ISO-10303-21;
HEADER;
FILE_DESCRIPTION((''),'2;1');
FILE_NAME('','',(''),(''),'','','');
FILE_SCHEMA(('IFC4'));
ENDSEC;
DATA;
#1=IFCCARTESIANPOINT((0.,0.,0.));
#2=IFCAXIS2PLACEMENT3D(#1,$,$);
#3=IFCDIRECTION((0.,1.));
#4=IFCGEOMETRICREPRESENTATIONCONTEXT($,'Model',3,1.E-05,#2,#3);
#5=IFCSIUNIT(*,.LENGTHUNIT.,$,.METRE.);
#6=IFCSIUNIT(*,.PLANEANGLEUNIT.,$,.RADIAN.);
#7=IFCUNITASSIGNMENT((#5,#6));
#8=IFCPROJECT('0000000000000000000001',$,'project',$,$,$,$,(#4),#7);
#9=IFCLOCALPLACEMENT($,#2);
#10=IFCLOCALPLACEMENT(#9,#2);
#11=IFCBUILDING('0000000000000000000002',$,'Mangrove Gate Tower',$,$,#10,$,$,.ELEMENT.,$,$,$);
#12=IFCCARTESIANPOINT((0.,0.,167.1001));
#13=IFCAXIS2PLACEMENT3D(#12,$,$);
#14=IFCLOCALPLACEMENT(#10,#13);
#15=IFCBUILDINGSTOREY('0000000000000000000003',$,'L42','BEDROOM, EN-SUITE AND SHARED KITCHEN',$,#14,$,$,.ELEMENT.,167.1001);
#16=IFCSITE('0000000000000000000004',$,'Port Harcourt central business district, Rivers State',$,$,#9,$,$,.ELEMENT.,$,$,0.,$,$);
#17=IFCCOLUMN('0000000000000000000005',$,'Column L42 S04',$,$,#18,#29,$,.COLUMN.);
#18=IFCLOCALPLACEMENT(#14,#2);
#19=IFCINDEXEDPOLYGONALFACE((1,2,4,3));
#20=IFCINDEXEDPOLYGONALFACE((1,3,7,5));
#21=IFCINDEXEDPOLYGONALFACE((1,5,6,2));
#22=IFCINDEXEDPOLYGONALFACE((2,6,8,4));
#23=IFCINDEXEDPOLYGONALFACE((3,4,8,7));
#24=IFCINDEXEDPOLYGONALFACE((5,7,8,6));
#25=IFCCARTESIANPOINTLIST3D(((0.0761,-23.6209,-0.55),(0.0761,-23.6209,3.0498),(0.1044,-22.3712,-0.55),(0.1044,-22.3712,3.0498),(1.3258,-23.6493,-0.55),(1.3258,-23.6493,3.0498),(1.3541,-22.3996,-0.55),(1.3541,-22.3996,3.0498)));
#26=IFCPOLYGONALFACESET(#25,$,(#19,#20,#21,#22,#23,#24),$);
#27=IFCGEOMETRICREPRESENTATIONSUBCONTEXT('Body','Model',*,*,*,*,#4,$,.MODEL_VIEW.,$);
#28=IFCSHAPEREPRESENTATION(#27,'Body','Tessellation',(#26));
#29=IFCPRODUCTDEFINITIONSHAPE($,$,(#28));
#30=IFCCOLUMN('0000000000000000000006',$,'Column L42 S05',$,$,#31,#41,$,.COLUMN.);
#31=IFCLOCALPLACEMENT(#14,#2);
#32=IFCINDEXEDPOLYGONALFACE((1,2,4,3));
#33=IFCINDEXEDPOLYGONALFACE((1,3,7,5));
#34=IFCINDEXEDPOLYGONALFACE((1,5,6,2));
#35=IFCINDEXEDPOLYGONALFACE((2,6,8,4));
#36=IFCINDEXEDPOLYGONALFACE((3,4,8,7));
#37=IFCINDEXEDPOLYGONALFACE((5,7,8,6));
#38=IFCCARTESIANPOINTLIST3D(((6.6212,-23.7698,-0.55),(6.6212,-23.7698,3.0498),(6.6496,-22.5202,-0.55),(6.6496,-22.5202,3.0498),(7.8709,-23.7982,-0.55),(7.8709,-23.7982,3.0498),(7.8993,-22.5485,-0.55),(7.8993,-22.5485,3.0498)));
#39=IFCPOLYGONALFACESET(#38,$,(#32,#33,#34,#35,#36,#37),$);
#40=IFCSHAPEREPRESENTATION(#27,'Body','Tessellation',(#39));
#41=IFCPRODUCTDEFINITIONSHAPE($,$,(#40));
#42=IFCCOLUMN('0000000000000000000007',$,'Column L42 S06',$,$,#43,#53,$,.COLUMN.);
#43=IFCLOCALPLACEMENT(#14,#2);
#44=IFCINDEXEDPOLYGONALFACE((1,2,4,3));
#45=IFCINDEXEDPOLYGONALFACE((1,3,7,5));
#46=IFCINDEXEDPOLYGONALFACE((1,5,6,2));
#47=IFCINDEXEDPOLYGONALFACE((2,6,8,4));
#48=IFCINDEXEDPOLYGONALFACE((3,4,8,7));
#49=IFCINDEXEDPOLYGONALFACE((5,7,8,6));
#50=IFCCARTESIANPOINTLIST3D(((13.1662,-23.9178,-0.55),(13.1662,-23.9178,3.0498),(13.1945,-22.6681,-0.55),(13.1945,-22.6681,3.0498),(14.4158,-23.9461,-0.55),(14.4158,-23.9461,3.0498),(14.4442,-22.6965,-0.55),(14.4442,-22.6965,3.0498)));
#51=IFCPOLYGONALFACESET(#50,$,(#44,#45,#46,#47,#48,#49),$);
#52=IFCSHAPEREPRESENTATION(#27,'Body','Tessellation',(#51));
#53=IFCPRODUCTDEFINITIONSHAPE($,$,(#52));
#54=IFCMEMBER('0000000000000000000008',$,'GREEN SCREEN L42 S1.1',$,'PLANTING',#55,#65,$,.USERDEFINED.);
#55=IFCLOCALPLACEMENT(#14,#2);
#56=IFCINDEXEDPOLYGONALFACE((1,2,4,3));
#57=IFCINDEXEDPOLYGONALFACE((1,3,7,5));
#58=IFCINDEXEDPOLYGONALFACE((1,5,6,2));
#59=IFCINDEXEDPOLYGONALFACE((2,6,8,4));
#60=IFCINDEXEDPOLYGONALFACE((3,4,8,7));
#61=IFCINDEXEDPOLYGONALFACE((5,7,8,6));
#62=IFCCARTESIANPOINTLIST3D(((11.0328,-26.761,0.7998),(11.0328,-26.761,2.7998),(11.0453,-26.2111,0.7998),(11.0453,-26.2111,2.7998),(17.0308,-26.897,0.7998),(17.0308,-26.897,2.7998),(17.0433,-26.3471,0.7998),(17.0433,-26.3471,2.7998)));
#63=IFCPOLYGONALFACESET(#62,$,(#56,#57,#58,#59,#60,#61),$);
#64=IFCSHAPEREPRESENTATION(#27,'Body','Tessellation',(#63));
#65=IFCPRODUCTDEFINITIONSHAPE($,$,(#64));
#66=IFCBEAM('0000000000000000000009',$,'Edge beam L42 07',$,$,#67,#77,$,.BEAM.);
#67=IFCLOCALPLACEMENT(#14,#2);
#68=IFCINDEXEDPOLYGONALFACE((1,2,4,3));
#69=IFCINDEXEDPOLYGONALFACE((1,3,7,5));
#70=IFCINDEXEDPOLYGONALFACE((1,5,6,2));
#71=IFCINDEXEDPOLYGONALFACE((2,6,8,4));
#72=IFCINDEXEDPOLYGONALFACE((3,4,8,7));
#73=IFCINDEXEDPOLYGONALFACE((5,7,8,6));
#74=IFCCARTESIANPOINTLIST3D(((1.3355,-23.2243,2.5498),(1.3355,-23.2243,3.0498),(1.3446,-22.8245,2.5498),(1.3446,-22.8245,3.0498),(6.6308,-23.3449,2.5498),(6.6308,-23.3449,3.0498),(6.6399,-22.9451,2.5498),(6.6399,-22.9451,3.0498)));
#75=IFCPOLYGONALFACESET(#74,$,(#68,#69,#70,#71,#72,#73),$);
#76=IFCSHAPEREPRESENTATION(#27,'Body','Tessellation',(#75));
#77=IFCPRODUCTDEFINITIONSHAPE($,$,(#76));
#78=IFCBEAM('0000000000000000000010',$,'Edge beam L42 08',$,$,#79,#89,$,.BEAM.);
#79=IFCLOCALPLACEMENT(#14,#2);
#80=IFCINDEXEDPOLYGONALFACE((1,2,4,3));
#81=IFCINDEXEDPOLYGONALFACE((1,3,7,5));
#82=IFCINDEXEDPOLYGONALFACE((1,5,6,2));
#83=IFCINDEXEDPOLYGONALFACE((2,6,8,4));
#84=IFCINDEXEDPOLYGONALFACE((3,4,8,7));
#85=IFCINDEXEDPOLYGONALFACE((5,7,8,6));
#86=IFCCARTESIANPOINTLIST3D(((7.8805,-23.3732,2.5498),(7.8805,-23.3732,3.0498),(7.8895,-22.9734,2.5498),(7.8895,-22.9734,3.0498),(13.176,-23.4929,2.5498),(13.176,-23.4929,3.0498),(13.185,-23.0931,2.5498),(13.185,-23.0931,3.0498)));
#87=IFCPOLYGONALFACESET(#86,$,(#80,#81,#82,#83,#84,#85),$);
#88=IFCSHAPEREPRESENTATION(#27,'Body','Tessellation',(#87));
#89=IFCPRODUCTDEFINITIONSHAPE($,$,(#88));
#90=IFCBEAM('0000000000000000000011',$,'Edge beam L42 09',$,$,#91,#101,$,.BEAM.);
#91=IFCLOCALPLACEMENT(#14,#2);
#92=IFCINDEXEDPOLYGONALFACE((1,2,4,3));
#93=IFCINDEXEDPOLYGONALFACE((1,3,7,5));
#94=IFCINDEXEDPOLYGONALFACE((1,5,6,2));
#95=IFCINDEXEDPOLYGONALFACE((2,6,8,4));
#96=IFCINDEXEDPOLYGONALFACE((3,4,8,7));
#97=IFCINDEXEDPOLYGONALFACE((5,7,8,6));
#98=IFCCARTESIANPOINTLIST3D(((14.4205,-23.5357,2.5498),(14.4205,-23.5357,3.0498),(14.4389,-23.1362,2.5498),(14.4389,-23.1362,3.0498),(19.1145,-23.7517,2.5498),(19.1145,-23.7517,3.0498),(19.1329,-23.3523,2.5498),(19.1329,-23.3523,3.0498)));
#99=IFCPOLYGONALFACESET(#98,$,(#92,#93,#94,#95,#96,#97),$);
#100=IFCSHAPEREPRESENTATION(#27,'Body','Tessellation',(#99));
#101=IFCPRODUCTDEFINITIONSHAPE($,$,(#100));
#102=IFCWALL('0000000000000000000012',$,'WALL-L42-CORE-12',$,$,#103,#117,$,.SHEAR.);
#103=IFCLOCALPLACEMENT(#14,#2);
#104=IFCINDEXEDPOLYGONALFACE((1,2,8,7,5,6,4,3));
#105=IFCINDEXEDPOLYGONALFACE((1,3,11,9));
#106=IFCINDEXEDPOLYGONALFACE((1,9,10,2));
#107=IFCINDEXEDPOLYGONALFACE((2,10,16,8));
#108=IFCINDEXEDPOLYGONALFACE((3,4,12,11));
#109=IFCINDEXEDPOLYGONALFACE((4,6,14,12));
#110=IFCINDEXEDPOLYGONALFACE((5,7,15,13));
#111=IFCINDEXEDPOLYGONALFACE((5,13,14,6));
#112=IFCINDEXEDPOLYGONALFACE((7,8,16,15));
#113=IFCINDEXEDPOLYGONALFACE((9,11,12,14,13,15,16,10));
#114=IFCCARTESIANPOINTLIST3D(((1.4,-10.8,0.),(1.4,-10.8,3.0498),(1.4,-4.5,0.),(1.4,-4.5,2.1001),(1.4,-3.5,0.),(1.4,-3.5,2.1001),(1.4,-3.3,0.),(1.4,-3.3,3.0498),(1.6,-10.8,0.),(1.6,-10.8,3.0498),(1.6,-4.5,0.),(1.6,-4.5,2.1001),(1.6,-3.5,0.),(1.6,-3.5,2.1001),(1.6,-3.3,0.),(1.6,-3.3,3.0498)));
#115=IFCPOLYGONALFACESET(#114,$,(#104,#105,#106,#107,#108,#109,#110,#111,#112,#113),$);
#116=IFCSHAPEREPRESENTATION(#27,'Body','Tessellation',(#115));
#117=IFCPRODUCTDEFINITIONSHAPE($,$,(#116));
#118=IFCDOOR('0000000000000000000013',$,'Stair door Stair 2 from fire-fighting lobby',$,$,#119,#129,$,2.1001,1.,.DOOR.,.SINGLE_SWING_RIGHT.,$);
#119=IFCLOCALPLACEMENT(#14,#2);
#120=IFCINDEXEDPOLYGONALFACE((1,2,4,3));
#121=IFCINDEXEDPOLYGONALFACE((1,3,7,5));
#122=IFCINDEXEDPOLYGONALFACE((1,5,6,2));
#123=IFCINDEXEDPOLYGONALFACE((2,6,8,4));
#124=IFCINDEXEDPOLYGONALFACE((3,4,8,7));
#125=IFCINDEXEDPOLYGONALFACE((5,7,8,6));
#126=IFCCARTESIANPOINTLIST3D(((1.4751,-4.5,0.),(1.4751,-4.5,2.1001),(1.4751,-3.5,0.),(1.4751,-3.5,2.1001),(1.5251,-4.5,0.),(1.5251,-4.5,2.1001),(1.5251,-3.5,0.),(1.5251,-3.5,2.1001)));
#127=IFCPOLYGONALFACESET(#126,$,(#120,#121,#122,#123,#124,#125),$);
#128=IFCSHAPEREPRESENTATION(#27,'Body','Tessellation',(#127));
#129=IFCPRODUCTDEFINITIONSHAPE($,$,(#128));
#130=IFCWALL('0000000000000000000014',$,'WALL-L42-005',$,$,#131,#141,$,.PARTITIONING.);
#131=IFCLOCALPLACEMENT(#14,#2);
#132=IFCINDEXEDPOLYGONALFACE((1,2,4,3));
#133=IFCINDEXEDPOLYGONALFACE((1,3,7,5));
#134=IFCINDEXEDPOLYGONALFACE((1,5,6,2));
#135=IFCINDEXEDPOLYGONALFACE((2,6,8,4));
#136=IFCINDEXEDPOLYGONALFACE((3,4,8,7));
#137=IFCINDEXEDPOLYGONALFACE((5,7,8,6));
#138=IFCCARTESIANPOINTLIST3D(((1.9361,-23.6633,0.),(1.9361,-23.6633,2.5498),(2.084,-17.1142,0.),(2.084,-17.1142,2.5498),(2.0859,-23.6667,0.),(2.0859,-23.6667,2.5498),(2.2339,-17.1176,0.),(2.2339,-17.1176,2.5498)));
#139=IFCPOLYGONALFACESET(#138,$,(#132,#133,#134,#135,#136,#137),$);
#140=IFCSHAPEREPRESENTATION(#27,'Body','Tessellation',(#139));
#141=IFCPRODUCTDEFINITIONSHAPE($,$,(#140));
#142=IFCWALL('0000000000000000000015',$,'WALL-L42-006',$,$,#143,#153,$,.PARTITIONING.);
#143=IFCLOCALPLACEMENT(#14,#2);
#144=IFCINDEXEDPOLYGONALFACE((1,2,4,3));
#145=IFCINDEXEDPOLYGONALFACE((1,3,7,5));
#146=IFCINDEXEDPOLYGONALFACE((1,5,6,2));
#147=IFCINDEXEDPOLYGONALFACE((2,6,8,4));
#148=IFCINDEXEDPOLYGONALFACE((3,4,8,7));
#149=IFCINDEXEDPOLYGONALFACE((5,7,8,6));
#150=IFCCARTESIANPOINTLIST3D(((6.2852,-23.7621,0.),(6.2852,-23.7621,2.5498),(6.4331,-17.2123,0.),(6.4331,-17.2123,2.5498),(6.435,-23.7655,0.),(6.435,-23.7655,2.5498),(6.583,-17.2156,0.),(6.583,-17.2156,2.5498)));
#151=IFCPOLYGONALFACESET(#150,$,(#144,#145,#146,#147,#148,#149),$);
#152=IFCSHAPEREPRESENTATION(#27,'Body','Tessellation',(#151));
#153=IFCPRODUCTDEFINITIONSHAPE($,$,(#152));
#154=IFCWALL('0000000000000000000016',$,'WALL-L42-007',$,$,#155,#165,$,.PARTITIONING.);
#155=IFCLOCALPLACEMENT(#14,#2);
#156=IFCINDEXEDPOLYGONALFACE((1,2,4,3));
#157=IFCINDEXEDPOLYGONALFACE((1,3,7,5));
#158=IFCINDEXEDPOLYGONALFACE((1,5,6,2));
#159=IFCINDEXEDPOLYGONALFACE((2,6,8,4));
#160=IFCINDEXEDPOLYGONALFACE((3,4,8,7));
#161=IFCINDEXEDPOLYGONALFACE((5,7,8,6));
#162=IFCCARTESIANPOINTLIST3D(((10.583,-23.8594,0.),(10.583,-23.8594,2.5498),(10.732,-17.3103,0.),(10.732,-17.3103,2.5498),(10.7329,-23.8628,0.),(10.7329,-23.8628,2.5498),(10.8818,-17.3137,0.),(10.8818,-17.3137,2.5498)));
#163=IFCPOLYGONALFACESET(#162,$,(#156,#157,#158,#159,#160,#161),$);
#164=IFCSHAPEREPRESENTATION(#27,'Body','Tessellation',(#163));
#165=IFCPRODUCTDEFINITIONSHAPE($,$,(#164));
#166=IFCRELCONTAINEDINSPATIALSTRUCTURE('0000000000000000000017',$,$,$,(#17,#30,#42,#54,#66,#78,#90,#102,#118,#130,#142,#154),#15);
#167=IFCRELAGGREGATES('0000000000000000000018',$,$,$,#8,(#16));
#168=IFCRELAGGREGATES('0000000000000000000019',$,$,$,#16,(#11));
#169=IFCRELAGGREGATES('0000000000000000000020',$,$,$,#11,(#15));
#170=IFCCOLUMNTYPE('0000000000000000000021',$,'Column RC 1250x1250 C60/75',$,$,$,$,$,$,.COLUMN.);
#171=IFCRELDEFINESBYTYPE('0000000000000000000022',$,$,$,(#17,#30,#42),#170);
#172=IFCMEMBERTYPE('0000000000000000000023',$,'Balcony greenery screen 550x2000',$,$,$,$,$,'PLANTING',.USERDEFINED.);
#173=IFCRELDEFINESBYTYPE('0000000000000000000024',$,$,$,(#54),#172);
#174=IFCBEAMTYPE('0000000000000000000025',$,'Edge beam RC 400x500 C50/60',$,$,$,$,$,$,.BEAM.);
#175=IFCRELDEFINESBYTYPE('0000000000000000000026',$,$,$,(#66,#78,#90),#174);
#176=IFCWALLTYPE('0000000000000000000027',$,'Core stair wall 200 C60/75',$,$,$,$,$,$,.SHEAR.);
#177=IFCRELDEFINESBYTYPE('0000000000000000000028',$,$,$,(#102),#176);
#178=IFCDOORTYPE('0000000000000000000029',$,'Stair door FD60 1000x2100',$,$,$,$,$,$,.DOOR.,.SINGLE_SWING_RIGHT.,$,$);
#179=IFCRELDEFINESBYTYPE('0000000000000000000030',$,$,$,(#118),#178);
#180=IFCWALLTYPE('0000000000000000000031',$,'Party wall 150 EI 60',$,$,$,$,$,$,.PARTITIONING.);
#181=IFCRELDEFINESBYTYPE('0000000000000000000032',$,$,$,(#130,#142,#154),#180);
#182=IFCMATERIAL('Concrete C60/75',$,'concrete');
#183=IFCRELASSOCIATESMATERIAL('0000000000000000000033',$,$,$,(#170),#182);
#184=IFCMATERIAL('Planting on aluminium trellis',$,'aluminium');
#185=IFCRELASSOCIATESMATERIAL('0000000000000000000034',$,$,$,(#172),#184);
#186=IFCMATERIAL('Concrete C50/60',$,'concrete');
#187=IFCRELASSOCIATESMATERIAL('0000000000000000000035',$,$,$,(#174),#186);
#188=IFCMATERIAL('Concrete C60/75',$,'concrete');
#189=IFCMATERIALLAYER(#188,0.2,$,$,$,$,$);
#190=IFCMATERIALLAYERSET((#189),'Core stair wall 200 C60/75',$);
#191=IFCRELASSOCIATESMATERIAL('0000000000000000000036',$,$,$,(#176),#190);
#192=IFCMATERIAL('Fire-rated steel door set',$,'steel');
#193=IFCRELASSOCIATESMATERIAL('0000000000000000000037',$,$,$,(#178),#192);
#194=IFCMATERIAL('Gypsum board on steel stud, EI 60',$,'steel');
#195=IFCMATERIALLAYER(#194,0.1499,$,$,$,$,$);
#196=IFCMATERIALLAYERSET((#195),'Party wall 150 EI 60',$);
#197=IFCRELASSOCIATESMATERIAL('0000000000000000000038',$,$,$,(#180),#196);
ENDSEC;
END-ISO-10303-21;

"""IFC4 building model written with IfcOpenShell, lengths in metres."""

from ifc_helpers import new_model, si_unit, direction, frame, frame_2d, origin, origin_2d, place, context, subcontext, project, spatial, rectangle, extrude, material, layer, layer_set, material_profile, profile_set, type_object, element, fill, save


model = new_model("IFC4")

# Units and contexts
model_context = context("Model", 3, precision=1e-05, world=origin(), true_north=direction((0.0, 1.0)))
body_context = subcontext(model_context, "Body", "Model", "MODEL_VIEW")
ifc_project = project(units=[si_unit("LENGTHUNIT", "METRE"), si_unit("PLANEANGLEUNIT", "RADIAN")], contexts=[model_context])

# Site, building, storey
site_placement = place(None, origin())
site = spatial("IfcSite", under=ifc_project, at=site_placement, Name="Port Harcourt central business district, Rivers State", CompositionType="ELEMENT", RefElevation=0.0)
building_placement = place(site_placement, origin())
building = spatial("IfcBuilding", under=site, at=building_placement, Name="Mangrove Gate Tower", CompositionType="ELEMENT")
storey_placement = place(building_placement, frame((0.0, 0.0, 167.1001)))
storey = spatial("IfcBuildingStorey", under=building, at=storey_placement, Name="L42", Description="BEDROOM, EN-SUITE AND SHARED KITCHEN", CompositionType="ELEMENT", Elevation=167.1001)

# Columns
ifc_material_1 = material(Name="Concrete C60/75", Category="concrete")
ifc_material_profile_1 = material_profile(ifc_material_1, rectangle(XDim=1.25, YDim=1.25, at=origin_2d()))
ifc_profile_set_1 = profile_set([ifc_material_profile_1], Name="Concrete C60/75")
column_type = type_object("IfcColumnType", Name="Column RC 1250x1250 C60/75", PredefinedType="COLUMN", material=ifc_profile_set_1)
for number, where, z_axis, x_axis, name in (
    (1, (0.7151, -23.0103, -0.55), (0.0, 0.0, 1.0), (0.999743, -0.022683, 0.0), "Column L42 S04"),
    (2, (7.2603, -23.1592, -0.55), (0.0, 0.0, 1.0), (0.999743, -0.022683, 0.0), "Column L42 S05"),
    (3, (13.8052, -23.3071, -0.55), (0.0, 0.0, 1.0), (0.999743, -0.022683, 0.0), "Column L42 S06"),
):
    element("IfcColumn", number, at=place(storey_placement, frame(where, z_axis=z_axis, x_axis=x_axis)), inside=storey, type_object=column_type, Name=name, PredefinedType="COLUMN", context=body_context, shape_type="SweptSolid", body=[
        extrude(rectangle(XDim=1.25, YDim=1.25, at=origin_2d()), origin(), (0.0, 0.0, 1.0), 3.5999),
    ])

# Member
ifc_material_2 = material(Name="Planting on aluminium trellis", Category="aluminium")
ifc_material_profile_2 = material_profile(ifc_material_2, rectangle(XDim=0.55, YDim=2.0, at=origin_2d()))
ifc_profile_set_2 = profile_set([ifc_material_profile_2], Name="Planting on aluminium trellis")
member_type = type_object("IfcMemberType", Name="Balcony greenery screen 550x2000", ElementType="PLANTING", PredefinedType="USERDEFINED", material=ifc_profile_set_2)
member_placement = place(storey_placement, frame((11.0391, -26.4861, 1.7998), z_axis=(0.999743, -0.022666, 0.0), x_axis=(0.022666, 0.999743, 0.0)))
element("IfcMember", 4, at=member_placement, inside=storey, type_object=member_type, Name="GREEN SCREEN L42 S1.1", ObjectType="PLANTING", PredefinedType="USERDEFINED", context=body_context, shape_type="SweptSolid", body=[
    extrude(rectangle(XDim=0.55, YDim=2.0, at=origin_2d()), origin(), (0.0, 0.0, 1.0), 5.9995),
])

# Beams
ifc_material_3 = material(Name="Concrete C50/60", Category="concrete")
ifc_material_profile_3 = material_profile(ifc_material_3, rectangle(XDim=0.3999, YDim=0.5, at=origin_2d()))
ifc_profile_set_3 = profile_set([ifc_material_profile_3], Name="Concrete C50/60")
beam_type = type_object("IfcBeamType", Name="Edge beam RC 400x500 C50/60", PredefinedType="BEAM", material=ifc_profile_set_3)
beam_1_placement = place(storey_placement, frame((1.3401, -23.0244, 2.7998), z_axis=(0.999741, -0.022771, 0.0), x_axis=(0.022771, 0.999741, 0.0)))
element("IfcBeam", 5, at=beam_1_placement, inside=storey, type_object=beam_type, Name="Edge beam L42 07", PredefinedType="BEAM", context=body_context, shape_type="SweptSolid", body=[
    extrude(rectangle(XDim=0.3999, YDim=0.5, at=origin_2d()), origin(), (0.0, 0.0, 1.0), 5.2966),
])
beam_2_placement = place(storey_placement, frame((7.885, -23.1733, 2.7998), z_axis=(0.999745, -0.022585, 0.0), x_axis=(0.022585, 0.999745, 0.0)))
element("IfcBeam", 6, at=beam_2_placement, inside=storey, type_object=beam_type, Name="Edge beam L42 08", PredefinedType="BEAM", context=body_context, shape_type="SweptSolid", body=[
    extrude(rectangle(XDim=0.3999, YDim=0.5, at=origin_2d()), origin(), (0.0, 0.0, 1.0), 5.2969),
])
beam_3_placement = place(storey_placement, frame((14.4297, -23.3359, 2.7998), z_axis=(0.998942, -0.04598, 0.0), x_axis=(0.04598, 0.998942, 0.0)))
element("IfcBeam", 7, at=beam_3_placement, inside=storey, type_object=beam_type, Name="Edge beam L42 09", PredefinedType="BEAM", context=body_context, shape_type="SweptSolid", body=[
    extrude(rectangle(XDim=0.3999, YDim=0.5, at=origin_2d()), origin(), (0.0, 0.0, 1.0), 4.699),
])

# Wall, opening, door
ifc_material_4 = material(Name="Concrete C60/75", Category="concrete")
ifc_layer_1 = layer(ifc_material_4, 0.2)
ifc_layer_set_1 = layer_set([ifc_layer_1], Name="Core stair wall 200 C60/75")
wall_type_1 = type_object("IfcWallType", Name="Core stair wall 200 C60/75", PredefinedType="SHEAR", material=ifc_layer_set_1)
wall_1_placement = place(storey_placement, frame((1.5, -10.8, 0.0), z_axis=(0.0, 0.0, 1.0), x_axis=(0.0, 1.0, 0.0)))
wall_1 = element("IfcWall", 8, at=wall_1_placement, inside=storey, type_object=wall_type_1, Name="WALL-L42-CORE-12", PredefinedType="SHEAR", context=body_context, shape_type="SweptSolid", body=[
    extrude(rectangle(XDim=7.5, YDim=0.2, at=frame_2d((3.75, 0.0))), origin(), (0.0, 0.0, 1.0), 3.0498),
])
opening_1_placement = place(wall_1_placement, frame((6.3, 0.0, 0.0)))
opening_1 = element("IfcOpeningElement", 9, at=opening_1_placement, cuts=wall_1, PredefinedType="OPENING", context=body_context, shape_type="SweptSolid", body=[
    extrude(rectangle(XDim=1.0, YDim=2.1001, at=frame_2d((0.5, 1.05))), frame((0.0, 0.1099, 0.0), z_axis=(0.0, -1.0, 0.0), x_axis=(1.0, 0.0, 0.0)), (0.0, 0.0, 1.0), 0.22),
])
ifc_material_5 = material(Name="Fire-rated steel door set", Category="steel")
door_type_1 = type_object("IfcDoorType", Name="Stair door FD60 1000x2100", OperationType="SINGLE_SWING_RIGHT", PredefinedType="DOOR", material=ifc_material_5)
door_1_placement = place(opening_1_placement, origin())
door_1 = element("IfcDoor", 10, at=door_1_placement, inside=storey, type_object=door_type_1, Name="Stair door Stair 2 from fire-fighting lobby", OperationType="SINGLE_SWING_RIGHT", OverallHeight=2.1001, OverallWidth=1.0, PredefinedType="DOOR", context=body_context, shape_type="SweptSolid", body=[
    extrude(rectangle(XDim=1.0, YDim=2.1001, at=frame_2d((0.5, 1.05))), frame((0.0, 0.0249, 0.0), z_axis=(0.0, -1.0, 0.0), x_axis=(1.0, 0.0, 0.0)), (0.0, 0.0, 1.0), 0.05),
])
fill(opening_1, door_1)

# Walls
ifc_material_6 = material(Name="Gypsum board on steel stud, EI 60", Category="steel")
ifc_layer_2 = layer(ifc_material_6, 0.1499)
ifc_layer_set_2 = layer_set([ifc_layer_2], Name="Party wall 150 EI 60")
wall_type_2 = type_object("IfcWallType", Name="Party wall 150 EI 60", PredefinedType="PARTITIONING", material=ifc_layer_set_2)
wall_2_placement = place(storey_placement, frame((2.011, -23.665, 0.0), z_axis=(0.0, 0.0, 1.0), x_axis=(0.022585, 0.999745, 0.0)))
element("IfcWall", 11, at=wall_2_placement, inside=storey, type_object=wall_type_2, Name="WALL-L42-005", PredefinedType="PARTITIONING", context=body_context, shape_type="SweptSolid", body=[
    extrude(rectangle(XDim=6.5508, YDim=0.1499, at=frame_2d((3.2754, 0.0))), origin(), (0.0, 0.0, 1.0), 2.5498),
])
wall_3_placement = place(storey_placement, frame((6.3601, -23.7639, 0.0), z_axis=(0.0, 0.0, 1.0), x_axis=(0.022583, 0.999745, 0.0)))
element("IfcWall", 12, at=wall_3_placement, inside=storey, type_object=wall_type_2, Name="WALL-L42-006", PredefinedType="PARTITIONING", context=body_context, shape_type="SweptSolid", body=[
    extrude(rectangle(XDim=6.5515, YDim=0.1499, at=frame_2d((3.2759, 0.0))), origin(), (0.0, 0.0, 1.0), 2.5498),
])
wall_4_placement = place(storey_placement, frame((10.658, -23.8611, 0.0), z_axis=(0.0, 0.0, 1.0), x_axis=(0.022734, 0.999742, 0.0)))
element("IfcWall", 13, at=wall_4_placement, inside=storey, type_object=wall_type_2, Name="WALL-L42-007", PredefinedType="PARTITIONING", context=body_context, shape_type="SweptSolid", body=[
    extrude(rectangle(XDim=6.5508, YDim=0.1499, at=frame_2d((3.2754, 0.0))), origin(), (0.0, 0.0, 1.0), 2.5498),
])

save(model, "model.ifc")
